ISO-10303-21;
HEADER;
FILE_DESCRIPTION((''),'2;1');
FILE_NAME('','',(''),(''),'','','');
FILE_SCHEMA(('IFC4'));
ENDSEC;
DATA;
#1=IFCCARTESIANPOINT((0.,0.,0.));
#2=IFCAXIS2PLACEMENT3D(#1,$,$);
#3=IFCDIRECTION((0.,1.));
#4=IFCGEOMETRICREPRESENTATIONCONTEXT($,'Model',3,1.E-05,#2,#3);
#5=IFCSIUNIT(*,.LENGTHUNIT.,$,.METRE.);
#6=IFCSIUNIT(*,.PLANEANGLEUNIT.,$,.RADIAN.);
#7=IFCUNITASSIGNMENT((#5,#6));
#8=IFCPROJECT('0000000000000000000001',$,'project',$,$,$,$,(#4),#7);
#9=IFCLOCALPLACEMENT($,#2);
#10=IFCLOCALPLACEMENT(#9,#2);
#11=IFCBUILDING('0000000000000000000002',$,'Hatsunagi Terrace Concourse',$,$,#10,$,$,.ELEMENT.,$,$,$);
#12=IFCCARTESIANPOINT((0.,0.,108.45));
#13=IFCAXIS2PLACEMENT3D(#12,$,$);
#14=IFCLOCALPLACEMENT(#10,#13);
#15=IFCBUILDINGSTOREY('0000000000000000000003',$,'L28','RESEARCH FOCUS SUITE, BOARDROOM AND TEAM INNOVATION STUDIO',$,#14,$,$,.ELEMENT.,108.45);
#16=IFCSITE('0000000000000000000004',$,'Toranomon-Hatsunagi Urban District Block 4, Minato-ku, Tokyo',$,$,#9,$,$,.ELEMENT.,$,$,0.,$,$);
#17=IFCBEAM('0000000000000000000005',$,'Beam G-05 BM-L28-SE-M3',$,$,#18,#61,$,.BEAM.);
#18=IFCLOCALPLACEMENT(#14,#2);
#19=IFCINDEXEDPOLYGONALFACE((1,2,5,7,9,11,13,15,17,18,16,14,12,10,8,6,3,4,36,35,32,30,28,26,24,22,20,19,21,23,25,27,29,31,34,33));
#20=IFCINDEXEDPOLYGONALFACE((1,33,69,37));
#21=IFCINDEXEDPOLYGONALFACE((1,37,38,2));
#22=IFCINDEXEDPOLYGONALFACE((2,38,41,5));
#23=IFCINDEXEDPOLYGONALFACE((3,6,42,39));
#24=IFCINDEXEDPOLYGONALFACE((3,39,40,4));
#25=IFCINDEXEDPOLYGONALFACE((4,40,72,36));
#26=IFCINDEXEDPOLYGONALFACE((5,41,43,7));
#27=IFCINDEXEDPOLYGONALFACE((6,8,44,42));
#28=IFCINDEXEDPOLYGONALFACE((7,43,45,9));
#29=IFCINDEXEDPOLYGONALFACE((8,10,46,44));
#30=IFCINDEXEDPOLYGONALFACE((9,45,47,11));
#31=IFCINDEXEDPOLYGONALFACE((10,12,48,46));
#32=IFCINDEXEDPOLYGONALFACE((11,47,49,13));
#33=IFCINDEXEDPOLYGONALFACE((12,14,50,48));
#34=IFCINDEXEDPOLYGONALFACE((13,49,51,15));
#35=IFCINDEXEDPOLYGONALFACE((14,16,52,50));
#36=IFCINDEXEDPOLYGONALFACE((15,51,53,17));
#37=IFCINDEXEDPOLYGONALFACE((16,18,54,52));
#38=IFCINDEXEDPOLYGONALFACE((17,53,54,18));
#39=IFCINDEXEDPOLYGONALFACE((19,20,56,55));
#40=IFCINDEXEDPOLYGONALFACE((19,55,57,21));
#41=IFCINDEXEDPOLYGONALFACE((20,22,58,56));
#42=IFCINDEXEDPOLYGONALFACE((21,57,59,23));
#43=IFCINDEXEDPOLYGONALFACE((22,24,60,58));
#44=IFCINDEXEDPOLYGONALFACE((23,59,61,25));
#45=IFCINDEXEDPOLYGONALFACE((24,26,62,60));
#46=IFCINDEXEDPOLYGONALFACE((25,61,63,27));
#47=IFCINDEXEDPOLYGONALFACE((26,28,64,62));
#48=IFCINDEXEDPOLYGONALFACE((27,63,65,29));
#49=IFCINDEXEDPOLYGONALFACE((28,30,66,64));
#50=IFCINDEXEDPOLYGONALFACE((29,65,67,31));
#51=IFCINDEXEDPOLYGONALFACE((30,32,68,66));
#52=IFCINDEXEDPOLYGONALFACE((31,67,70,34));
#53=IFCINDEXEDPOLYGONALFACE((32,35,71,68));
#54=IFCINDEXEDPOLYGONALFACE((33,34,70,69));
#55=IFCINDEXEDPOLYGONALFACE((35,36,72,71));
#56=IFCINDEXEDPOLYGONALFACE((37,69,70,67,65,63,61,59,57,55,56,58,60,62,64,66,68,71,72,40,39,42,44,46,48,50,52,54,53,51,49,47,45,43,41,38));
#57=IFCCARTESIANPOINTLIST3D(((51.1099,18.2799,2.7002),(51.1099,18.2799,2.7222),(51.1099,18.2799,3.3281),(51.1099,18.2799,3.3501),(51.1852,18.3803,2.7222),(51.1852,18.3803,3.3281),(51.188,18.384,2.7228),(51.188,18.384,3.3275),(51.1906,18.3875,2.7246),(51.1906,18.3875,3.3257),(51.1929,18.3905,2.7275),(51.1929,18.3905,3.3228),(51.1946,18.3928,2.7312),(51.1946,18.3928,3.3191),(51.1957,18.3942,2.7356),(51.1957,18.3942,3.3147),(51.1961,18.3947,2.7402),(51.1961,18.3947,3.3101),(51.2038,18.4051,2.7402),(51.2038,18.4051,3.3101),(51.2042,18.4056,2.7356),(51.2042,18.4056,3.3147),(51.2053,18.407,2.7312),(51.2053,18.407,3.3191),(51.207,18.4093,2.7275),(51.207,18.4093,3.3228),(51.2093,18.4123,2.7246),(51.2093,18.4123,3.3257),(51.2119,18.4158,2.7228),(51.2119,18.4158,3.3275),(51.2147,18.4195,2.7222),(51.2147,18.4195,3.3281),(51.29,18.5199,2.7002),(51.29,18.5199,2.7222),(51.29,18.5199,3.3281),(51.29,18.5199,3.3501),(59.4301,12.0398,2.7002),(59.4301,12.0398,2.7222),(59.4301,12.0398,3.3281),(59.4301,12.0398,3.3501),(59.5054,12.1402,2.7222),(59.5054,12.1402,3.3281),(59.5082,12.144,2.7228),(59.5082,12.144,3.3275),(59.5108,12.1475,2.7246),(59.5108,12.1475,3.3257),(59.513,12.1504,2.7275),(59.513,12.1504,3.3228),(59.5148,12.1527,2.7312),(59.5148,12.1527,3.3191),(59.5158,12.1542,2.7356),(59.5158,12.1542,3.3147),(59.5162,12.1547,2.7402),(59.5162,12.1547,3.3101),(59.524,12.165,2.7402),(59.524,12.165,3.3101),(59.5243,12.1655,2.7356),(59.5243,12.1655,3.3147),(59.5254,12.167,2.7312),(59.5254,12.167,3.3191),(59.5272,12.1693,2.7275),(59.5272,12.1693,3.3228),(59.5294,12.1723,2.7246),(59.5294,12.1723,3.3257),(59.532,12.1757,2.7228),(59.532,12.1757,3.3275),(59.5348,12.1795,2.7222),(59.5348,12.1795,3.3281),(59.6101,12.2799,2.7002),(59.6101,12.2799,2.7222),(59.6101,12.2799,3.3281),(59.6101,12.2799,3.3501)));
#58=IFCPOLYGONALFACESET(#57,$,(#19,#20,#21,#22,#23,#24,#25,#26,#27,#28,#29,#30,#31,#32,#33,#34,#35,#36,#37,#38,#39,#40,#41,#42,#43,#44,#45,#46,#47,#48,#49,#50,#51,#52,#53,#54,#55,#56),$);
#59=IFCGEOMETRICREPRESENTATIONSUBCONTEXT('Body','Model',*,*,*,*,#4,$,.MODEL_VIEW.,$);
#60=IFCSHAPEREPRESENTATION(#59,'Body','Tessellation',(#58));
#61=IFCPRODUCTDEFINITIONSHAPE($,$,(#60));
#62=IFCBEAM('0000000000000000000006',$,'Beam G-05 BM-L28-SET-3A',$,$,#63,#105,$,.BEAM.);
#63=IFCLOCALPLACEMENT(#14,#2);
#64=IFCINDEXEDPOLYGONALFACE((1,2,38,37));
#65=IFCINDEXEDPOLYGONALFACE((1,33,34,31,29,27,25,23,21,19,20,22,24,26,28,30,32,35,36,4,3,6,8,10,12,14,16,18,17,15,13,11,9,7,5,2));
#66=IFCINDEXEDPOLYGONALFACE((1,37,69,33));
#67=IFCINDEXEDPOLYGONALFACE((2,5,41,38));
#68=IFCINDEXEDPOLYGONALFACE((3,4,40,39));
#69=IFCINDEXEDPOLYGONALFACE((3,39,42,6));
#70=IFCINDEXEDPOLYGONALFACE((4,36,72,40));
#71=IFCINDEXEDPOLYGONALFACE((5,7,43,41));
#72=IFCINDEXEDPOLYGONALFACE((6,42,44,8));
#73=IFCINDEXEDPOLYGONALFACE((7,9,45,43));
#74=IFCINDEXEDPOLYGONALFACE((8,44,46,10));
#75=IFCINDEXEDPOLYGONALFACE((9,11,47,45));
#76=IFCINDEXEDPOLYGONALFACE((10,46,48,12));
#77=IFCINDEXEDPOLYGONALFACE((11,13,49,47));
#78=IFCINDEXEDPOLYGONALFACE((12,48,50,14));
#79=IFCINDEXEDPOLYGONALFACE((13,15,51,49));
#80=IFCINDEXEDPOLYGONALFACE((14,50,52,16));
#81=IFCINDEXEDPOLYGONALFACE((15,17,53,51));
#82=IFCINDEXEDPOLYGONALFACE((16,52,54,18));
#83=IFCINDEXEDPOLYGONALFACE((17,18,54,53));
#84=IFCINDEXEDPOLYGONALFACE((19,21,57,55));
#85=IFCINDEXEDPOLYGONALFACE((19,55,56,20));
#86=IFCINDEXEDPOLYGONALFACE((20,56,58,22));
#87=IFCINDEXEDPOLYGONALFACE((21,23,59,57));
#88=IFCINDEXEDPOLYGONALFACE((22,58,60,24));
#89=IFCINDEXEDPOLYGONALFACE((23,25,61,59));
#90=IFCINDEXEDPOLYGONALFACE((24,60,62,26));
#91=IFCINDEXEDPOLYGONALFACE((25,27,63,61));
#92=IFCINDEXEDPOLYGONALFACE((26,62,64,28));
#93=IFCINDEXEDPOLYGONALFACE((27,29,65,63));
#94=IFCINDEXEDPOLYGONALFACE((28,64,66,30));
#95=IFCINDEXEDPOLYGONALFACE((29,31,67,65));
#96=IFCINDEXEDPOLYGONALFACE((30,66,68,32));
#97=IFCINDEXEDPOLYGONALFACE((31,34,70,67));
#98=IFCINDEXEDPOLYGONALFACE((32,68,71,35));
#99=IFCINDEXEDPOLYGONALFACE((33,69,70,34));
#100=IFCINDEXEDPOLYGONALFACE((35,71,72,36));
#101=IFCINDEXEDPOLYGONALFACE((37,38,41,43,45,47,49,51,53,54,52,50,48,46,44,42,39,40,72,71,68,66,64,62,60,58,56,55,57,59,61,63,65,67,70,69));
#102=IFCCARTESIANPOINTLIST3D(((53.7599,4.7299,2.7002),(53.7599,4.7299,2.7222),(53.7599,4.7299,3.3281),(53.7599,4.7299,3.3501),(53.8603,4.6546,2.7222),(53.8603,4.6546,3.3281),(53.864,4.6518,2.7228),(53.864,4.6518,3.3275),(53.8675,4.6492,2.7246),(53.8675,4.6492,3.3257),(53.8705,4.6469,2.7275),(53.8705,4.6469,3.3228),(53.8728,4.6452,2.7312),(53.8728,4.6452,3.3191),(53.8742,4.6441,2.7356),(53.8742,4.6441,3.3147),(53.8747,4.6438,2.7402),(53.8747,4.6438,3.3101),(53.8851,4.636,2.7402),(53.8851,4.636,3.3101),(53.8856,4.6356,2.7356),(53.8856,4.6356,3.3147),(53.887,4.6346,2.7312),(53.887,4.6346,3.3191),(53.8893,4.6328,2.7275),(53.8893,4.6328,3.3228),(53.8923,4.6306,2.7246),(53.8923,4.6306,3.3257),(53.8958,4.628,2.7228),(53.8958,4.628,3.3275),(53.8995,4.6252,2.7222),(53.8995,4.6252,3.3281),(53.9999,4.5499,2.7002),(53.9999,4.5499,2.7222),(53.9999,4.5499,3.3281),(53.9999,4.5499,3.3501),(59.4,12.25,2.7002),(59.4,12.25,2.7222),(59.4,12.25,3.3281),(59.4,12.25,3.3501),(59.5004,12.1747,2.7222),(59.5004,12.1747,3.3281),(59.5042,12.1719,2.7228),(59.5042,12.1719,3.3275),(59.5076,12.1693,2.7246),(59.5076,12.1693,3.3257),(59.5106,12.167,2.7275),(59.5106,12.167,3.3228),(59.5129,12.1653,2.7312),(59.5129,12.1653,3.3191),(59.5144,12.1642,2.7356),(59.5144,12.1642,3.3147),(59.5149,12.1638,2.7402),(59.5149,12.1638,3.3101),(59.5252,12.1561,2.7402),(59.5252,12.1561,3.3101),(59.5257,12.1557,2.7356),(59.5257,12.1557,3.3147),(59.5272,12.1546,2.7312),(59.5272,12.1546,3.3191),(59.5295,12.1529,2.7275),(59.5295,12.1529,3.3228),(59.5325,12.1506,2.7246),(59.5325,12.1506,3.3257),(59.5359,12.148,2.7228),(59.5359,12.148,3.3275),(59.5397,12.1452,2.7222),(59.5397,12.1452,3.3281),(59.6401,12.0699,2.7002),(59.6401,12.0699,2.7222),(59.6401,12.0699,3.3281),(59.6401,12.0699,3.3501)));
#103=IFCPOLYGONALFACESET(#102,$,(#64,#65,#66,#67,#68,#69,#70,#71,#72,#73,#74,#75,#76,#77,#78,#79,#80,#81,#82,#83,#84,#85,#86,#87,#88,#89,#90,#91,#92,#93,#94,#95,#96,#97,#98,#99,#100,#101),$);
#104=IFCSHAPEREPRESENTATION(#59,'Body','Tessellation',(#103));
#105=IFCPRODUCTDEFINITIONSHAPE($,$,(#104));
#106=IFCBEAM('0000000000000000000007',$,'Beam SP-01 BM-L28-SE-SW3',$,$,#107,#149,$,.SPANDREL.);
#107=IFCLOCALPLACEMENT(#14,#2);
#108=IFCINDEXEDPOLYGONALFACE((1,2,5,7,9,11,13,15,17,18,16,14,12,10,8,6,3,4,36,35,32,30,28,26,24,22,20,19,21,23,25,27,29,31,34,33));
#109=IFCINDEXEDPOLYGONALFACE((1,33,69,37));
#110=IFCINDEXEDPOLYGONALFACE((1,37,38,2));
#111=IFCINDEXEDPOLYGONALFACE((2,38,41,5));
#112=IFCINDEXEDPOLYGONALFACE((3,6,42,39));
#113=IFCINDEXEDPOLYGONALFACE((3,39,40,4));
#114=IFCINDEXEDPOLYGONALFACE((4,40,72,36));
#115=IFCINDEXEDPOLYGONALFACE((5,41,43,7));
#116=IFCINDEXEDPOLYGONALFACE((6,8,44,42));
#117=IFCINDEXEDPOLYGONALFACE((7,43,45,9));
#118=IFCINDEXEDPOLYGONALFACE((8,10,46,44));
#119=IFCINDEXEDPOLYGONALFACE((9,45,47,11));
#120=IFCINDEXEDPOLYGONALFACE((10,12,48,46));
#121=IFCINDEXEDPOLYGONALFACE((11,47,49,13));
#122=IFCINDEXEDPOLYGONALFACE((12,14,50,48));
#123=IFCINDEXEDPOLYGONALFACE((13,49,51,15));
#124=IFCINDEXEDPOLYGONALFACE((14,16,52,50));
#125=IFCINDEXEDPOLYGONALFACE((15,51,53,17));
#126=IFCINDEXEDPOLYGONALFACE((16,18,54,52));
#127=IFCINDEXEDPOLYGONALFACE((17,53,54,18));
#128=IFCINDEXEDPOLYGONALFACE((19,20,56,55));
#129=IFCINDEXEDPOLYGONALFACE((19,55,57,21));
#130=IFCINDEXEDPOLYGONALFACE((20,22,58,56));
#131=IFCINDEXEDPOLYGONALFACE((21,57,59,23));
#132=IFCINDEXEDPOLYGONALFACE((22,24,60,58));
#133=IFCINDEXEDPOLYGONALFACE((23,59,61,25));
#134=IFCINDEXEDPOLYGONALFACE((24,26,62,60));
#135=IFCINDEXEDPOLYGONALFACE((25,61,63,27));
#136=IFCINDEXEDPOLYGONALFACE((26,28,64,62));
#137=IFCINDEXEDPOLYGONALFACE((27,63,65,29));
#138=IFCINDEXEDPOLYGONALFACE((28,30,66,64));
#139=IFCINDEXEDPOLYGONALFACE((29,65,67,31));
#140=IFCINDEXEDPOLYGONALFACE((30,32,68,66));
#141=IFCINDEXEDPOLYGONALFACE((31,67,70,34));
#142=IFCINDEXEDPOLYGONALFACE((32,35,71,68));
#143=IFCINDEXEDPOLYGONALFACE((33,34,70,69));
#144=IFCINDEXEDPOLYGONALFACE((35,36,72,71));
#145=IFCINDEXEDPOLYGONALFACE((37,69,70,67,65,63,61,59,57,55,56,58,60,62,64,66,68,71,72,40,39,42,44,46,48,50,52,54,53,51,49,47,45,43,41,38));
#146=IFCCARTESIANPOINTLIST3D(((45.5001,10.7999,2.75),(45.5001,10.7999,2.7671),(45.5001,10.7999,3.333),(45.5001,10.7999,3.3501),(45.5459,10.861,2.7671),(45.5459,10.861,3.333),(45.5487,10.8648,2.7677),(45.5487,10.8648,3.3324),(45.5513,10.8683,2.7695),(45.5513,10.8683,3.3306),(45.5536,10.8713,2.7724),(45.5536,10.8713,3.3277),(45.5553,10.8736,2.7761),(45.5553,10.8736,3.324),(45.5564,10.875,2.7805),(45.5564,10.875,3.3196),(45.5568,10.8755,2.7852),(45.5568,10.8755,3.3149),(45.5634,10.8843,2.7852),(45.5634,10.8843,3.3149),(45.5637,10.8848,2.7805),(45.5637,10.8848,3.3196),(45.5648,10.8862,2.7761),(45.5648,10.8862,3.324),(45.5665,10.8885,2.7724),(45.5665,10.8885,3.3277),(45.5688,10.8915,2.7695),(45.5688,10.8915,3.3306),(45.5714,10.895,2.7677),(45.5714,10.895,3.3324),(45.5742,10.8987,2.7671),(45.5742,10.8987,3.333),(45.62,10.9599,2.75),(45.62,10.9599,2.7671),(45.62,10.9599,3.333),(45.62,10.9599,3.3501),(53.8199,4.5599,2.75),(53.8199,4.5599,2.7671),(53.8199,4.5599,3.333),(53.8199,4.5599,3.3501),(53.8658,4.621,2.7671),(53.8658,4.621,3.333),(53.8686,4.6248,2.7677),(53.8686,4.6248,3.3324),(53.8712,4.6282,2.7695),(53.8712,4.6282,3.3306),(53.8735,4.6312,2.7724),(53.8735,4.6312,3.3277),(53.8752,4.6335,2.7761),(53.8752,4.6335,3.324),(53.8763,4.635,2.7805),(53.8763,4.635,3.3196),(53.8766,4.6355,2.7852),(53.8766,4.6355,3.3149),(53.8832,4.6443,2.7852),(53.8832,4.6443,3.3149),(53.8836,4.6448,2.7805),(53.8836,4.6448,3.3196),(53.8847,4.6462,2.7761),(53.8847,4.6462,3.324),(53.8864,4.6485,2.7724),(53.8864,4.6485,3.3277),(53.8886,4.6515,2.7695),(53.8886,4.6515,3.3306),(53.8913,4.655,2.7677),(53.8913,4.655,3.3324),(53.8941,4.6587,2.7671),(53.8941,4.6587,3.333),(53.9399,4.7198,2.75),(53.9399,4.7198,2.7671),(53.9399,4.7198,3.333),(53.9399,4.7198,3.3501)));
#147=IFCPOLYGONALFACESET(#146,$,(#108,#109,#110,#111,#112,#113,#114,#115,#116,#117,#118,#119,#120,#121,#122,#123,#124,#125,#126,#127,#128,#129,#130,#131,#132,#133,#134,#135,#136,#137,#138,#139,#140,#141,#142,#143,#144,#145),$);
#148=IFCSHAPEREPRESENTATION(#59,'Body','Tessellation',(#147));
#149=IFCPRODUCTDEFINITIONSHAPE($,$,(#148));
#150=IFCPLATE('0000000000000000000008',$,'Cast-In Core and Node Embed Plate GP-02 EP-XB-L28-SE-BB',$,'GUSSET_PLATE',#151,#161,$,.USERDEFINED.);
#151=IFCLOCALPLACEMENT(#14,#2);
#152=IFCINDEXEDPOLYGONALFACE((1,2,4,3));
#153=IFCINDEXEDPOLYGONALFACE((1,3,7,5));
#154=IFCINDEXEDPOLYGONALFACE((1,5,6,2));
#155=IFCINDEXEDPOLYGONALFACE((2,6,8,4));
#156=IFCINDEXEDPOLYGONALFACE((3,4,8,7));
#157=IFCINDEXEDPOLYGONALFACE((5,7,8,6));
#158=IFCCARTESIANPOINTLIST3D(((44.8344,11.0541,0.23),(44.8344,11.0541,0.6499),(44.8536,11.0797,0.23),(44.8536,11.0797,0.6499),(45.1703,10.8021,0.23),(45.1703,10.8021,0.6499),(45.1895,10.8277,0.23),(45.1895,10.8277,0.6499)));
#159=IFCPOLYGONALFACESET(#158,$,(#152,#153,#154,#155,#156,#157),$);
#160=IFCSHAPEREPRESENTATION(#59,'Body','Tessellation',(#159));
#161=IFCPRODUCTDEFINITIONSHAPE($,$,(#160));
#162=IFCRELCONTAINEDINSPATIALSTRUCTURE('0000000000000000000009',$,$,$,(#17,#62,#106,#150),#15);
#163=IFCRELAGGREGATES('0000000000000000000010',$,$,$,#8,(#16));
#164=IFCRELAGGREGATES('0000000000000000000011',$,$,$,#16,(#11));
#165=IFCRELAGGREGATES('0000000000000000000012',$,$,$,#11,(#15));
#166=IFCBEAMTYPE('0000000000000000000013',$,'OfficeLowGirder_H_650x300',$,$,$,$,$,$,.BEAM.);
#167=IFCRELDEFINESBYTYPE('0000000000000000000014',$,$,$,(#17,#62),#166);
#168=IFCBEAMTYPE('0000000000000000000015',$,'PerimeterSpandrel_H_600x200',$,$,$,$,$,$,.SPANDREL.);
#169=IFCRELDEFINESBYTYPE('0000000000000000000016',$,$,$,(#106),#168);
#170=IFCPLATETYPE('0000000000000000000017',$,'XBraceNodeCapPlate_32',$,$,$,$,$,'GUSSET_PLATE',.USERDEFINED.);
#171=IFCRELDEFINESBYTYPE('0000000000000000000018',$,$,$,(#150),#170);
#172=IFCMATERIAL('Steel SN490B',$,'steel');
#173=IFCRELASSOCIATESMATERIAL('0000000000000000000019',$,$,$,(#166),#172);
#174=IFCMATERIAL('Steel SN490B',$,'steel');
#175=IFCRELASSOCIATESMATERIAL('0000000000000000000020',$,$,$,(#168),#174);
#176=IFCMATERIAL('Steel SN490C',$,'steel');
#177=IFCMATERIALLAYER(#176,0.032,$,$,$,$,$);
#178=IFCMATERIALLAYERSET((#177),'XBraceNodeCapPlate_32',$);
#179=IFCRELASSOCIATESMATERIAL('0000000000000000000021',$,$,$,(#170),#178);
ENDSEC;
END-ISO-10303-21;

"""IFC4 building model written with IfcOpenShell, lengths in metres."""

from ifc_helpers import new_model, si_unit, direction, frame, origin, origin_2d, place, context, subcontext, project, spatial, rectangle, i_section, extrude, material, layer, layer_set, material_profile, profile_set, type_object, element, save


model = new_model("IFC4")

# Units and contexts
model_context = context("Model", 3, precision=1e-05, world=origin(), true_north=direction((0.0, 1.0)))
body_context = subcontext(model_context, "Body", "Model", "MODEL_VIEW")
ifc_project = project(units=[si_unit("LENGTHUNIT", "METRE"), si_unit("PLANEANGLEUNIT", "RADIAN")], contexts=[model_context])

# Site, building, storey
site_placement = place(None, origin())
site = spatial("IfcSite", under=ifc_project, at=site_placement, Name="Toranomon-Hatsunagi Urban District Block 4, Minato-ku, Tokyo", CompositionType="ELEMENT", RefElevation=0.0)
building_placement = place(site_placement, origin())
building = spatial("IfcBuilding", under=site, at=building_placement, Name="Hatsunagi Terrace Concourse", CompositionType="ELEMENT")
storey_placement = place(building_placement, frame((0.0, 0.0, 108.45)))
storey = spatial("IfcBuildingStorey", under=building, at=storey_placement, Name="L28", Description="RESEARCH FOCUS SUITE, BOARDROOM AND TEAM INNOVATION STUDIO", CompositionType="ELEMENT", Elevation=108.45)

# Beams
ifc_material_1 = material(Name="Steel SN490B", Category="steel")
ifc_material_profile_1 = material_profile(ifc_material_1, i_section(OverallWidth=0.3, OverallDepth=0.6499, WebThickness=0.0129, FlangeThickness=0.022, FilletRadius=0.0181, at=origin_2d()), Name="H-650x300x13x22")
ifc_profile_set_1 = profile_set([ifc_material_profile_1], Name="Steel SN490B")
beam_type_1 = type_object("IfcBeamType", Name="OfficeLowGirder_H_650x300", PredefinedType="BEAM", material=ifc_profile_set_1)
beam_1_placement = place(storey_placement, frame((51.2, 18.3999, 3.0251), z_axis=(0.800003, -0.599996, 0.0), x_axis=(0.599996, 0.800003, 0.0)))
element("IfcBeam", 1, at=beam_1_placement, inside=storey, type_object=beam_type_1, Name="Beam G-05 BM-L28-SE-M3", PredefinedType="BEAM", context=body_context, shape_type="SweptSolid", body=[
    extrude(i_section(OverallWidth=0.3, OverallDepth=0.6499, WebThickness=0.0129, FlangeThickness=0.022, FilletRadius=0.0181, at=origin_2d()), origin(), (0.0, 0.0, 1.0), 10.4001),
])
beam_2_placement = place(storey_placement, frame((53.8799, 4.6399, 3.0251), z_axis=(0.600008, 0.799994, 0.0), x_axis=(-0.799994, 0.600008, 0.0)))
element("IfcBeam", 2, at=beam_2_placement, inside=storey, type_object=beam_type_1, Name="Beam G-05 BM-L28-SET-3A", PredefinedType="BEAM", context=body_context, shape_type="SweptSolid", body=[
    extrude(i_section(OverallWidth=0.3, OverallDepth=0.6499, WebThickness=0.0129, FlangeThickness=0.022, FilletRadius=0.0181, at=origin_2d()), origin(), (0.0, 0.0, 1.0), 9.4001),
])
ifc_material_2 = material(Name="Steel SN490B", Category="steel")
ifc_material_profile_2 = material_profile(ifc_material_2, i_section(OverallWidth=0.2, OverallDepth=0.6001, WebThickness=0.011, FlangeThickness=0.0171, FilletRadius=0.0181, at=origin_2d()), Name="H-600x200x11x17")
ifc_profile_set_2 = profile_set([ifc_material_profile_2], Name="Steel SN490B")
beam_type_2 = type_object("IfcBeamType", Name="PerimeterSpandrel_H_600x200", PredefinedType="SPANDREL", material=ifc_profile_set_2)
beam_3_placement = place(storey_placement, frame((45.5601, 10.8799, 3.05), z_axis=(0.799994, -0.600008, 0.0), x_axis=(0.600008, 0.799994, 0.0)))
element("IfcBeam", 3, at=beam_3_placement, inside=storey, type_object=beam_type_2, Name="Beam SP-01 BM-L28-SE-SW3", PredefinedType="SPANDREL", context=body_context, shape_type="SweptSolid", body=[
    extrude(i_section(OverallWidth=0.2, OverallDepth=0.6001, WebThickness=0.011, FlangeThickness=0.0171, FilletRadius=0.0181, at=origin_2d()), origin(), (0.0, 0.0, 1.0), 10.3999),
])

# Plate
ifc_material_3 = material(Name="Steel SN490C", Category="steel")
ifc_layer_1 = layer(ifc_material_3, 0.032)
ifc_layer_set_1 = layer_set([ifc_layer_1], Name="XBraceNodeCapPlate_32")
plate_type = type_object("IfcPlateType", Name="XBraceNodeCapPlate_32", ElementType="GUSSET_PLATE", PredefinedType="USERDEFINED", material=ifc_layer_set_1)
plate_placement = place(storey_placement, frame((45.012, 10.9409, 0.23), z_axis=(0.0, 0.0, 1.0), x_axis=(0.8, -0.6, 0.0)))
element("IfcPlate", 4, at=plate_placement, inside=storey, type_object=plate_type, Name="Cast-In Core and Node Embed Plate GP-02 EP-XB-L28-SE-BB", ObjectType="GUSSET_PLATE", PredefinedType="USERDEFINED", context=body_context, shape_type="SweptSolid", body=[
    extrude(rectangle(XDim=0.4199, YDim=0.032, at=origin_2d()), origin(), (0.0, 0.0, 1.0), 0.4199),
])

save(model, "model.ifc")
